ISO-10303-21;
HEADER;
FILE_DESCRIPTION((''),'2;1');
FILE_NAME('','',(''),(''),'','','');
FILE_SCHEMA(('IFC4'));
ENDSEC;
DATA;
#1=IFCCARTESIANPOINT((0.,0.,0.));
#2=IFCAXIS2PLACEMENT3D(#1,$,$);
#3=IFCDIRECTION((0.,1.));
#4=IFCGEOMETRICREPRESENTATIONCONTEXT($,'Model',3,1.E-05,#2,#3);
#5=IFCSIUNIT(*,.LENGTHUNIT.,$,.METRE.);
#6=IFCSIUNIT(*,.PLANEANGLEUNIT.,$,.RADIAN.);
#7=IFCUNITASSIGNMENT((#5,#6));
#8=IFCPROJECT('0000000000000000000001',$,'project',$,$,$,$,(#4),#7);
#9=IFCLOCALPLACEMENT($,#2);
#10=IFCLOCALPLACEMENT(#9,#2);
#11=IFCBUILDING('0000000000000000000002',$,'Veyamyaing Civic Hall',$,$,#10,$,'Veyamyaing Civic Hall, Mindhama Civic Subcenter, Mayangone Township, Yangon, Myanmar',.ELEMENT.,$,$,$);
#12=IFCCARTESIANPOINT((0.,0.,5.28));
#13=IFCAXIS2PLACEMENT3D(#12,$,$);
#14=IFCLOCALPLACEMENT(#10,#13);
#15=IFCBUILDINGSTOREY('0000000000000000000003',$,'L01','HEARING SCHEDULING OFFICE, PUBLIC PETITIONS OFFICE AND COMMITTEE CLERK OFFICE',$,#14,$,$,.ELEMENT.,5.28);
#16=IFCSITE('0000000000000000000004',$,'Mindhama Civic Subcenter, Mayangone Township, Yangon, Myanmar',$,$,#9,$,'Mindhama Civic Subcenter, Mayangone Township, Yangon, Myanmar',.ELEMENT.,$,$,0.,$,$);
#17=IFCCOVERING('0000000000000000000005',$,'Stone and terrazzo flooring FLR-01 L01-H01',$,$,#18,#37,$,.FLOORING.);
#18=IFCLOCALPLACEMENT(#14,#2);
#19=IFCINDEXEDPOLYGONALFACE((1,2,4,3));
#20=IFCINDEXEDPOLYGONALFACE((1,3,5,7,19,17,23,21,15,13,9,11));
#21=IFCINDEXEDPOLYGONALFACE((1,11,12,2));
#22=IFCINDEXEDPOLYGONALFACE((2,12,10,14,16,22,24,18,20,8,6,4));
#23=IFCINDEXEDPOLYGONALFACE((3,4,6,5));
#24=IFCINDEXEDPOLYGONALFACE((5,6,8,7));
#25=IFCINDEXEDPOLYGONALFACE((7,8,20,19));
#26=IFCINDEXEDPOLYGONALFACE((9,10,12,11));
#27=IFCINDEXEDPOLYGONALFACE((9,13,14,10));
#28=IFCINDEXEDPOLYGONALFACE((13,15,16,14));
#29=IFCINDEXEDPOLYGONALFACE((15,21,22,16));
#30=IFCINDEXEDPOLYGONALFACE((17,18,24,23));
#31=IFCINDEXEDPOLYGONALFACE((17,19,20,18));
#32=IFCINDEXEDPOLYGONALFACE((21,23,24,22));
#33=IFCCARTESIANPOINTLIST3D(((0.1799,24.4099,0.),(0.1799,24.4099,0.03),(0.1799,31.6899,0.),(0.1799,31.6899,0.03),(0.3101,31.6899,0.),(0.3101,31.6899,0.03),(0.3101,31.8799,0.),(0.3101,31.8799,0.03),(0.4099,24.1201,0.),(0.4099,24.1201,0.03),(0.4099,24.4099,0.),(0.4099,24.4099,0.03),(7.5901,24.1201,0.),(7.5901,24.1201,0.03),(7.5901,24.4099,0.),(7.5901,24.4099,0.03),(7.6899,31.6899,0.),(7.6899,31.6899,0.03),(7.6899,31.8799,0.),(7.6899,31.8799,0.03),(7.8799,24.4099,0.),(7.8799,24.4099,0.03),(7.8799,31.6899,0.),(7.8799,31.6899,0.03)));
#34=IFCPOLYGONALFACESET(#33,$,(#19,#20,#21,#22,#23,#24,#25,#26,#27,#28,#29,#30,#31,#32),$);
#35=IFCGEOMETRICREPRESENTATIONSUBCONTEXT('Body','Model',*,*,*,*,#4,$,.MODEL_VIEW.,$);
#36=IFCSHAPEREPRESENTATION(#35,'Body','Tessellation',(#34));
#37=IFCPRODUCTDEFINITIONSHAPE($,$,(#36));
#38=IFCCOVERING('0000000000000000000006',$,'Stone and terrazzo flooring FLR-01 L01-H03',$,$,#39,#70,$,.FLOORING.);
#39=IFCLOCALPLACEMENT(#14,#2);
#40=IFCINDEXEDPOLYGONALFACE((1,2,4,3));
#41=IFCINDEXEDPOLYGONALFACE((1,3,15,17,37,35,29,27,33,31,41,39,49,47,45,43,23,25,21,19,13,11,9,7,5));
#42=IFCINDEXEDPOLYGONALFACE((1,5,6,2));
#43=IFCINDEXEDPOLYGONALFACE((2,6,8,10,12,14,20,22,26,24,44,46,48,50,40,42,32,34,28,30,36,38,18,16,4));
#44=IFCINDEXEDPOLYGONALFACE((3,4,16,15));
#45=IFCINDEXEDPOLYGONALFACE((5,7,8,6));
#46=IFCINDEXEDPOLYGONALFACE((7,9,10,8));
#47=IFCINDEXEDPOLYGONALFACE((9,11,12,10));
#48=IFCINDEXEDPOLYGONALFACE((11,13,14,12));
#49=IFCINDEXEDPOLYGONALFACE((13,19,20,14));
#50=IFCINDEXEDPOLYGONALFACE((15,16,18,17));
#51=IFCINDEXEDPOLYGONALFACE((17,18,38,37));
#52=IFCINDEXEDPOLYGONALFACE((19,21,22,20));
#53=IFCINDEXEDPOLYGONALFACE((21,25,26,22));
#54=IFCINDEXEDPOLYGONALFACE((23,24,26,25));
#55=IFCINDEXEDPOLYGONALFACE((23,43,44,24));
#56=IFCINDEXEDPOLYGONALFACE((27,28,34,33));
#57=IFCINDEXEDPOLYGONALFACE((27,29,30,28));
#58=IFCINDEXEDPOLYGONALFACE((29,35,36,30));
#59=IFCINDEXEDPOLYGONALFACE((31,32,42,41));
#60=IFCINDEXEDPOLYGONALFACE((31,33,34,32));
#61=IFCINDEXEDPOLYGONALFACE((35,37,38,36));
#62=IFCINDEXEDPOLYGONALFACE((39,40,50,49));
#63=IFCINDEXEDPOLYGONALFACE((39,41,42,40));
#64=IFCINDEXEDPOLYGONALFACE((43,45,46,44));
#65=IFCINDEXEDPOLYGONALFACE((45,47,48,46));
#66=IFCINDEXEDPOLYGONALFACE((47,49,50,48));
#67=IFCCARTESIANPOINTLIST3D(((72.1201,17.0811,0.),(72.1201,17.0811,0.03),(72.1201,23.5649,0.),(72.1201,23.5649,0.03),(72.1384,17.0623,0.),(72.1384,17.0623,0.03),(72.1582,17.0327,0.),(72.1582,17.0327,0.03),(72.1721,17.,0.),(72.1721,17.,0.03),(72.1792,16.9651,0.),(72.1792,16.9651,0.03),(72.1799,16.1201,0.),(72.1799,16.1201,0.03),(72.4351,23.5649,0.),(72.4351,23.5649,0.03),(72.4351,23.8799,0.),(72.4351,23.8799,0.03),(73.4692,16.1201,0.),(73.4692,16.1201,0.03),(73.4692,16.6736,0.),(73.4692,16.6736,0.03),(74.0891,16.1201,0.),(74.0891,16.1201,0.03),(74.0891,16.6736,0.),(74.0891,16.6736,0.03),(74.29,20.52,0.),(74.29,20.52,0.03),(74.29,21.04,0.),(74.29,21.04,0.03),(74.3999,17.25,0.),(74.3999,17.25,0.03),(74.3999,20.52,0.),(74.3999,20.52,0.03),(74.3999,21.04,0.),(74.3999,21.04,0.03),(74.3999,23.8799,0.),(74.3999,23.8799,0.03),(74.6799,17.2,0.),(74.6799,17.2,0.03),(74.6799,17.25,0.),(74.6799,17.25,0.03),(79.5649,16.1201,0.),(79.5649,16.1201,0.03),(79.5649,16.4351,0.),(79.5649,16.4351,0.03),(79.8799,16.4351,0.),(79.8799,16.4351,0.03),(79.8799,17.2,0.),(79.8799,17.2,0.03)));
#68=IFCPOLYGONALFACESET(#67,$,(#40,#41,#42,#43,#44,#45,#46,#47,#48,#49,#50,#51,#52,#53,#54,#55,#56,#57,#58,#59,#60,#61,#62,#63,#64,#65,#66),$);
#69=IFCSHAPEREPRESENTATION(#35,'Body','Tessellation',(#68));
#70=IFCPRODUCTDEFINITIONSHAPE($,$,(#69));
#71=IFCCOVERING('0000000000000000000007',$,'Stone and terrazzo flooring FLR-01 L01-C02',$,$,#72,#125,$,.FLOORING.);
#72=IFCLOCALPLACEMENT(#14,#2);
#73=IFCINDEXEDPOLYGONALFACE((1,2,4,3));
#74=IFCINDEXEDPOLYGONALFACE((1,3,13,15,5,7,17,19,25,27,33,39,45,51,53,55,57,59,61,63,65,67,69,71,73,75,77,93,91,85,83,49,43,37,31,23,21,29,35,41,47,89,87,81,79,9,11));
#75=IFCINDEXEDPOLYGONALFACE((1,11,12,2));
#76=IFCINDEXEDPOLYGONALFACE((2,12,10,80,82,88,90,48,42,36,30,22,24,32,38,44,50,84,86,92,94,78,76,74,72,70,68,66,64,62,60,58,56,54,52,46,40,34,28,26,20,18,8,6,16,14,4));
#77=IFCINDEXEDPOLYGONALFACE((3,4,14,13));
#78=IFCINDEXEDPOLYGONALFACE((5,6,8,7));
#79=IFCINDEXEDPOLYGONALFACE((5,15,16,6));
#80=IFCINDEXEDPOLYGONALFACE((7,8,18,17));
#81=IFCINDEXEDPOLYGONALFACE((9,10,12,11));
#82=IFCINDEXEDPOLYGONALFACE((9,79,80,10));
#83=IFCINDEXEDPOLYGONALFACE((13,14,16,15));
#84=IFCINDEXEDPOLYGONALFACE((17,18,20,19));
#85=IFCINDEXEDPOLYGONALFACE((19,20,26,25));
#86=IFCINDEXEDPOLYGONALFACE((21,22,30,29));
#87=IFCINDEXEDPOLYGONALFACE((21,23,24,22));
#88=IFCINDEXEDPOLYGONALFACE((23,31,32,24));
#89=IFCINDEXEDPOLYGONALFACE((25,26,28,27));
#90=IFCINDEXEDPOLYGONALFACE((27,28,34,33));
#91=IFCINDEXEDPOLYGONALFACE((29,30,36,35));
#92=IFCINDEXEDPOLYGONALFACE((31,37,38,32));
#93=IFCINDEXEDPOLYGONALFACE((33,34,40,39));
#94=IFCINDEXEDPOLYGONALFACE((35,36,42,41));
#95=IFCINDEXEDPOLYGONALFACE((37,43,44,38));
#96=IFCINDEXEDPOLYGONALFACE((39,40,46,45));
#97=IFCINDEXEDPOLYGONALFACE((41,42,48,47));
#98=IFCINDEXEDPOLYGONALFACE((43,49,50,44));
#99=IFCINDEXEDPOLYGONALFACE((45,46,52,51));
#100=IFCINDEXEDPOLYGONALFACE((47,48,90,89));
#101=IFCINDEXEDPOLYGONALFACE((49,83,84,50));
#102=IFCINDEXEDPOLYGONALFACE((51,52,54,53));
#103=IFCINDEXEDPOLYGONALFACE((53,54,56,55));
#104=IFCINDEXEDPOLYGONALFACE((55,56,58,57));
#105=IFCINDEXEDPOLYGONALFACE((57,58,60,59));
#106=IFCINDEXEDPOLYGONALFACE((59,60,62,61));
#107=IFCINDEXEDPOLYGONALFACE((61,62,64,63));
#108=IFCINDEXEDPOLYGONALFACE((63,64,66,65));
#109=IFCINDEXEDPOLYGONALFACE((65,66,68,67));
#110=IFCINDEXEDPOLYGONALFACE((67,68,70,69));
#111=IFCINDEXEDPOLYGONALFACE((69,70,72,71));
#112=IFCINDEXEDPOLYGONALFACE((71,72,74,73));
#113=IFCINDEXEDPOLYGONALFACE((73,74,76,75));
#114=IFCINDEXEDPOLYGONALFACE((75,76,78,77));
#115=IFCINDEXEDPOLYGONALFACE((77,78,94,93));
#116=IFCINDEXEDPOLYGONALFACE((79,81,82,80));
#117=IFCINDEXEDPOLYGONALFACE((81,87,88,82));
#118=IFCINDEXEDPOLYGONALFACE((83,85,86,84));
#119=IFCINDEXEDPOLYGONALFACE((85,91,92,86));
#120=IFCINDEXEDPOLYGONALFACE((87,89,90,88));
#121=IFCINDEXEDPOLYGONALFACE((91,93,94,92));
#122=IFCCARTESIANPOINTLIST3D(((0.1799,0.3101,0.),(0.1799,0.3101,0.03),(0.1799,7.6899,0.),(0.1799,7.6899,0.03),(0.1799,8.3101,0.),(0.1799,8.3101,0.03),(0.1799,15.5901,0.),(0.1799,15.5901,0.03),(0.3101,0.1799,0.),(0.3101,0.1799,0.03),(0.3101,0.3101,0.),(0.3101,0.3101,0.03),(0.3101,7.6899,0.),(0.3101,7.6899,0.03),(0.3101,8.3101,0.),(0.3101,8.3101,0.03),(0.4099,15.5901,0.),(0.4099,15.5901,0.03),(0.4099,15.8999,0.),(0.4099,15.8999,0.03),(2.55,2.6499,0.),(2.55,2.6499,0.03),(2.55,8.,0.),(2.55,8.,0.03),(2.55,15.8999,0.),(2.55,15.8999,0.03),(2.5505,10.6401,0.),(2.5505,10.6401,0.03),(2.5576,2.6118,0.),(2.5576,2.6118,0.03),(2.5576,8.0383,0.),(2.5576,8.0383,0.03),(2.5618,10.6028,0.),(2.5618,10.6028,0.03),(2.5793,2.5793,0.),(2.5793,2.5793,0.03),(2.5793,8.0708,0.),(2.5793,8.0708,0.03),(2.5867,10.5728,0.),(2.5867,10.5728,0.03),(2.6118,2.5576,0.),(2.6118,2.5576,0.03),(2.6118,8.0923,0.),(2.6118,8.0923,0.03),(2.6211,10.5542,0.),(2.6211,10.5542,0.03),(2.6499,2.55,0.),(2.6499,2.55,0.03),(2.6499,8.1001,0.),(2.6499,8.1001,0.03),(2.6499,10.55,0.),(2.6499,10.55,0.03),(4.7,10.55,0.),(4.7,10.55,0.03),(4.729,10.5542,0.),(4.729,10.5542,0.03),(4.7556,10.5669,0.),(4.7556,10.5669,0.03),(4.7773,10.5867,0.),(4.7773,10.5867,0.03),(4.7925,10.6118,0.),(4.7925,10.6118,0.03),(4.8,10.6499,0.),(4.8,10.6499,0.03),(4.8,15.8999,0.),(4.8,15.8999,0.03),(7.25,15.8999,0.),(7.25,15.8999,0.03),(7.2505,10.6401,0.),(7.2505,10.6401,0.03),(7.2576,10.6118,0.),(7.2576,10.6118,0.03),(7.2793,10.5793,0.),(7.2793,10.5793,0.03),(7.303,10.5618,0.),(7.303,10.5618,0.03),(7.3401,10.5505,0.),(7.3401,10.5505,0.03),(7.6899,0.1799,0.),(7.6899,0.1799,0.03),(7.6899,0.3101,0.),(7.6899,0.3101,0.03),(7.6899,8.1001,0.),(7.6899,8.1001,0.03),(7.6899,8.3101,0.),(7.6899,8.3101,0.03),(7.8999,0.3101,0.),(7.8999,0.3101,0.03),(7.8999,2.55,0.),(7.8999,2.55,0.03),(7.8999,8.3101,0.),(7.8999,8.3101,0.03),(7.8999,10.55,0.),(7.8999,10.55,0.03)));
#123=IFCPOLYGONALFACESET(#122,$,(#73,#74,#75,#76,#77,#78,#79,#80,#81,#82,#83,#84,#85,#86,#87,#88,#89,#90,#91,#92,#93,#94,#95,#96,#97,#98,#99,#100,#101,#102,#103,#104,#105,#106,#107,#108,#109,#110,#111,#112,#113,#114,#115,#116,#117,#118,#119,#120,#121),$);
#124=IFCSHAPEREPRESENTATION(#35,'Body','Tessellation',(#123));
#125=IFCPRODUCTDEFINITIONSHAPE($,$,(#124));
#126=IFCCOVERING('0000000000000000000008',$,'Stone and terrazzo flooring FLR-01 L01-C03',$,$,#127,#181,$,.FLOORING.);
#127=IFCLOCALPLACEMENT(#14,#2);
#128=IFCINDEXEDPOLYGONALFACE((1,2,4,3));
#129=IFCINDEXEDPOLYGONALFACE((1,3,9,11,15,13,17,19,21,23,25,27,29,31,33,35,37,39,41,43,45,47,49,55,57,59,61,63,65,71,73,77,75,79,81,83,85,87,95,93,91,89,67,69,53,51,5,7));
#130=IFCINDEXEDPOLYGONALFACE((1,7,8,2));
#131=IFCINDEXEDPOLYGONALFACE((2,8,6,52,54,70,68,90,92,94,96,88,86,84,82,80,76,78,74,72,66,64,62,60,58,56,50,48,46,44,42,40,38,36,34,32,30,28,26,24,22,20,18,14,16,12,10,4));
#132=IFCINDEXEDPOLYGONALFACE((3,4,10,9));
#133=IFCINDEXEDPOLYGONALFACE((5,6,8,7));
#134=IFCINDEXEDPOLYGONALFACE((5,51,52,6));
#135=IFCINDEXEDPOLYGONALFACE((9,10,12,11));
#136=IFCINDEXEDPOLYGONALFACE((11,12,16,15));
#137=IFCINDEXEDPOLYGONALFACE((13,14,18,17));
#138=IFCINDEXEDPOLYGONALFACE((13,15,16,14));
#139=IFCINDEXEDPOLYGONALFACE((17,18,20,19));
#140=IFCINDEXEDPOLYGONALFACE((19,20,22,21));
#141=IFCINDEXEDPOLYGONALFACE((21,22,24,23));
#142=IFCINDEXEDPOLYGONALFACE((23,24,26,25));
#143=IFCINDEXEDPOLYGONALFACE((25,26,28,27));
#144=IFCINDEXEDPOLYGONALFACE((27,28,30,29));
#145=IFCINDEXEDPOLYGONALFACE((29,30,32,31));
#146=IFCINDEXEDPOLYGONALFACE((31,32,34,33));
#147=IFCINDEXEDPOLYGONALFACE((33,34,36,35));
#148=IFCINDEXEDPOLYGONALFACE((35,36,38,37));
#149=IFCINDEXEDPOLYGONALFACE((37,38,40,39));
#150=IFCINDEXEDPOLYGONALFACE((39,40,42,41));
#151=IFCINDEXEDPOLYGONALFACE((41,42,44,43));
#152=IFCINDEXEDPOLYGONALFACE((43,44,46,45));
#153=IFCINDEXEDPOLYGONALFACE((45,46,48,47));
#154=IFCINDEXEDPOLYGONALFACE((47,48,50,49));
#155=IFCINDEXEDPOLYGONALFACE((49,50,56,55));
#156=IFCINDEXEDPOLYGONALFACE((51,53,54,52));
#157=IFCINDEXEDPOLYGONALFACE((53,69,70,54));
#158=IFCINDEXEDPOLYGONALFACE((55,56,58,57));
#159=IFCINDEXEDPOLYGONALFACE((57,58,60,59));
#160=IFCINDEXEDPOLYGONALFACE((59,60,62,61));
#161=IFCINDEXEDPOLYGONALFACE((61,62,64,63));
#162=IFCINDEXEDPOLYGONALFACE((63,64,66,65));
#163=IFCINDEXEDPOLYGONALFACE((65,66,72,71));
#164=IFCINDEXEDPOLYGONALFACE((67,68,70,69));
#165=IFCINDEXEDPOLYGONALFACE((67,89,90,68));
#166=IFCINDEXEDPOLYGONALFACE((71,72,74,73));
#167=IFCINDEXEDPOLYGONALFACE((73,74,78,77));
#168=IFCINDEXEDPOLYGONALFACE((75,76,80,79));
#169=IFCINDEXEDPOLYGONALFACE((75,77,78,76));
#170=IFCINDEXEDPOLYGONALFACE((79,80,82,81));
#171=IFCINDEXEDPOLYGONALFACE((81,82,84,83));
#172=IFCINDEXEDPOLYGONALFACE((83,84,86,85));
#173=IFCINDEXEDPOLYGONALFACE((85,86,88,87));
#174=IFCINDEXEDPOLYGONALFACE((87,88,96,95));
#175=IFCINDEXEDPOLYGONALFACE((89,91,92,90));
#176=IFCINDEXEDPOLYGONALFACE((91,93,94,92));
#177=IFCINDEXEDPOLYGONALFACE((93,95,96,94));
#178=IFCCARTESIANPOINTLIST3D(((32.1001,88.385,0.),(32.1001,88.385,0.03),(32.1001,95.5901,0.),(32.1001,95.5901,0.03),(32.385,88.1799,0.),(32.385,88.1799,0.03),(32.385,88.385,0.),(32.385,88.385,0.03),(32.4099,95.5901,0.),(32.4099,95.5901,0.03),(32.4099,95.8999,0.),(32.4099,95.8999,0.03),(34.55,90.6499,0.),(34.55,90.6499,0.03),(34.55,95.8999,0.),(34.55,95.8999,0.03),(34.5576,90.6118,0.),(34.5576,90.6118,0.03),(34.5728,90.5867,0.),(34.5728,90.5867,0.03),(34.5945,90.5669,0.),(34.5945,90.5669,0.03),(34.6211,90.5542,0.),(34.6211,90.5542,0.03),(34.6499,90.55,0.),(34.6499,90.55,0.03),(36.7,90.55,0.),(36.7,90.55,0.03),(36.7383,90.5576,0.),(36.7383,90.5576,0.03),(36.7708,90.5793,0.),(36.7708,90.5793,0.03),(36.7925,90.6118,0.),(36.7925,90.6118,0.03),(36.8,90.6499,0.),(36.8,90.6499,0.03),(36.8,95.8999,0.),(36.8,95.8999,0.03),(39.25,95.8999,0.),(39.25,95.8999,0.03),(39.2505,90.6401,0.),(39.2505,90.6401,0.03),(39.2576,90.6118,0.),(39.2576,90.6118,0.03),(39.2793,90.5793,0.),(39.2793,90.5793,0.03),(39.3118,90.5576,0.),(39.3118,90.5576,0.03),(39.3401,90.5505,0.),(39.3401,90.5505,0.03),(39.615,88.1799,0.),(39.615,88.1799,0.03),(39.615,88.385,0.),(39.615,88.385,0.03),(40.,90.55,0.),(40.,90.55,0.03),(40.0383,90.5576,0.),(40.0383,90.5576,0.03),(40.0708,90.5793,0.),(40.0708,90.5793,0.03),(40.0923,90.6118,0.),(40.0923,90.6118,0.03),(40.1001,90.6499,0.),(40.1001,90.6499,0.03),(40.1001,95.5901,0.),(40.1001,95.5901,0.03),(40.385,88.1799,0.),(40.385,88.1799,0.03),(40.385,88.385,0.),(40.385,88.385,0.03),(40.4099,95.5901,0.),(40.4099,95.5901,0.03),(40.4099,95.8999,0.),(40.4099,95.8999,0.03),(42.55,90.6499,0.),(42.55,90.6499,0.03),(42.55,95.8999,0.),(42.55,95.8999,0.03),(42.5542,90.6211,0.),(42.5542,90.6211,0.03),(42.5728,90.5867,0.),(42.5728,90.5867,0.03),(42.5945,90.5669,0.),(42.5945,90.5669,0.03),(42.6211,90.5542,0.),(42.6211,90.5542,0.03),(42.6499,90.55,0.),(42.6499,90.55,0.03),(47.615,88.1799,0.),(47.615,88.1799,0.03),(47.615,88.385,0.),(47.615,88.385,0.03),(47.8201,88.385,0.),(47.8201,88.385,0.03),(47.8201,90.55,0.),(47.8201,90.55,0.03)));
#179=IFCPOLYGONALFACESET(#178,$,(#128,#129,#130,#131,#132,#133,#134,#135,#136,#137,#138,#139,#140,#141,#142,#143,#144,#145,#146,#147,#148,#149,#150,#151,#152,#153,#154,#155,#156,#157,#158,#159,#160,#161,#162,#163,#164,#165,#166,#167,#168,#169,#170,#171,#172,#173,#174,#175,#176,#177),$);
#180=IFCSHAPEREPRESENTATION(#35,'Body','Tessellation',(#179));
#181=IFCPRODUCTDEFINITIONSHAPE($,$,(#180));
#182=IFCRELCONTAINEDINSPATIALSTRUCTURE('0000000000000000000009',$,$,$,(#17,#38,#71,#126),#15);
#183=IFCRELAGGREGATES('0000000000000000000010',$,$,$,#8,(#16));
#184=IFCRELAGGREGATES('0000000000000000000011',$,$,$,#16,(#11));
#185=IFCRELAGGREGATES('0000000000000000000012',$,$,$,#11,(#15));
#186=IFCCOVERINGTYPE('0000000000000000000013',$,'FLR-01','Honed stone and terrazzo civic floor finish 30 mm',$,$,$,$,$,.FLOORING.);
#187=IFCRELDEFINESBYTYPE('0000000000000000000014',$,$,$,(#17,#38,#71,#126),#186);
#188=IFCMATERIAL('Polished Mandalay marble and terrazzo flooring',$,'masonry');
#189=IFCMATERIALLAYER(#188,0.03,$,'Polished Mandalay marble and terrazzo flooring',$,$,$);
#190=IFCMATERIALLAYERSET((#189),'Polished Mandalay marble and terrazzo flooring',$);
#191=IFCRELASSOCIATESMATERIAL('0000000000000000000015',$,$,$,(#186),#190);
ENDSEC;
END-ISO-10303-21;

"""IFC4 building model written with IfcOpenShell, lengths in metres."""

from ifc_helpers import new_model, si_unit, direction, frame, origin, place, context, subcontext, project, spatial, polyline, outline, extrude, material, layer, layer_set, type_object, element, save


model = new_model("IFC4")

# Units and contexts
model_context = context("Model", 3, precision=1e-05, world=origin(), true_north=direction((0.0, 1.0)))
body_context = subcontext(model_context, "Body", "Model", "MODEL_VIEW")
ifc_project = project(units=[si_unit("LENGTHUNIT", "METRE"), si_unit("PLANEANGLEUNIT", "RADIAN")], contexts=[model_context])

# Site, building, storey
site_placement = place(None, origin())
site = spatial("IfcSite", under=ifc_project, at=site_placement, Name="Mindhama Civic Subcenter, Mayangone Township, Yangon, Myanmar", LongName="Mindhama Civic Subcenter, Mayangone Township, Yangon, Myanmar", CompositionType="ELEMENT", RefElevation=0.0)
building_placement = place(site_placement, origin())
building = spatial("IfcBuilding", under=site, at=building_placement, Name="Veyamyaing Civic Hall", LongName="Veyamyaing Civic Hall, Mindhama Civic Subcenter, Mayangone Township, Yangon, Myanmar", CompositionType="ELEMENT")
storey_placement = place(building_placement, frame((0.0, 0.0, 5.28)))
storey = spatial("IfcBuildingStorey", under=building, at=storey_placement, Name="L01", Description="HEARING SCHEDULING OFFICE, PUBLIC PETITIONS OFFICE AND COMMITTEE CLERK OFFICE", CompositionType="ELEMENT", Elevation=5.28)

# Coverings
ifc_material_1 = material(Name="Polished Mandalay marble and terrazzo flooring", Category="masonry")
ifc_layer_1 = layer(ifc_material_1, 0.03, Name="Polished Mandalay marble and terrazzo flooring")
ifc_layer_set_1 = layer_set([ifc_layer_1], Name="Polished Mandalay marble and terrazzo flooring")
covering_type_1 = type_object("IfcCoveringType", Name="FLR-01", Description="Honed stone and terrazzo civic floor finish 30 mm", PredefinedType="FLOORING", material=ifc_layer_set_1)
covering_1_placement = place(storey_placement, origin())
element("IfcCovering", 1, at=covering_1_placement, inside=storey, type_object=covering_type_1, Name="Stone and terrazzo flooring FLR-01 L01-H01", PredefinedType="FLOORING", context=body_context, shape_type="SweptSolid", body=[
    extrude(outline(polyline([(0.3101, 31.8799), (7.6899, 31.8799), (7.6899, 31.6899), (7.8799, 31.6899), (7.8799, 24.4099), (7.5901, 24.4099), (7.5901, 24.1201), (0.4099, 24.1201), (0.4099, 24.4099), (0.1799, 24.4099), (0.1799, 31.6899), (0.3101, 31.6899), (0.3101, 31.8799)])), origin(), (0.0, 0.0, 1.0), 0.03),
])
covering_2_placement = place(storey_placement, origin())
element("IfcCovering", 2, at=covering_2_placement, inside=storey, type_object=covering_type_1, Name="Stone and terrazzo flooring FLR-01 L01-H03", PredefinedType="FLOORING", context=body_context, shape_type="SweptSolid", body=[
    extrude(outline(polyline([(72.1721, 17.0), (72.1582, 17.0327), (72.1384, 17.0623), (72.1201, 17.0811), (72.1201, 23.5649), (72.4351, 23.5649), (72.4351, 23.8799), (74.3999, 23.8799), (74.3999, 21.04), (74.29, 21.04), (74.29, 20.52), (74.3999, 20.52), (74.3999, 17.25), (74.6799, 17.25), (74.6799, 17.2), (79.8799, 17.2), (79.8799, 16.4351), (79.5649, 16.4351), (79.5649, 16.1201), (74.0891, 16.1201), (74.0891, 16.6736), (73.4692, 16.6736), (73.4692, 16.1201), (72.1799, 16.1201), (72.1792, 16.9651), (72.1721, 17.0)])), origin(), (0.0, 0.0, 1.0), 0.03),
])
covering_3_placement = place(storey_placement, origin())
element("IfcCovering", 3, at=covering_3_placement, inside=storey, type_object=covering_type_1, Name="Stone and terrazzo flooring FLR-01 L01-C02", PredefinedType="FLOORING", context=body_context, shape_type="SweptSolid", body=[
    extrude(outline(polyline([(2.5618, 10.6028), (2.5867, 10.5728), (2.6211, 10.5542), (2.6499, 10.55), (4.7, 10.55), (4.729, 10.5542), (4.7556, 10.5669), (4.7773, 10.5867), (4.7925, 10.6118), (4.8, 10.6499), (4.8, 15.8999), (7.25, 15.8999), (7.2505, 10.6401), (7.2576, 10.6118), (7.2793, 10.5793), (7.303, 10.5618), (7.3401, 10.5505), (7.8999, 10.55), (7.8999, 8.3101), (7.6899, 8.3101), (7.6899, 8.1001), (2.6499, 8.1001), (2.6118, 8.0923), (2.5793, 8.0708), (2.5576, 8.0383), (2.55, 8.0), (2.55, 2.6499), (2.5576, 2.6118), (2.5793, 2.5793), (2.6118, 2.5576), (2.6499, 2.55), (7.8999, 2.55), (7.8999, 0.3101), (7.6899, 0.3101), (7.6899, 0.1799), (0.3101, 0.1799), (0.3101, 0.3101), (0.1799, 0.3101), (0.1799, 7.6899), (0.3101, 7.6899), (0.3101, 8.3101), (0.1799, 8.3101), (0.1799, 15.5901), (0.4099, 15.5901), (0.4099, 15.8999), (2.55, 15.8999), (2.5505, 10.6401), (2.5618, 10.6028)])), origin(), (0.0, 0.0, 1.0), 0.03),
])
covering_4_placement = place(storey_placement, origin())
element("IfcCovering", 4, at=covering_4_placement, inside=storey, type_object=covering_type_1, Name="Stone and terrazzo flooring FLR-01 L01-C03", PredefinedType="FLOORING", context=body_context, shape_type="SweptSolid", body=[
    extrude(outline(polyline([(42.5728, 90.5867), (42.5945, 90.5669), (42.6211, 90.5542), (42.6499, 90.55), (47.8201, 90.55), (47.8201, 88.385), (47.615, 88.385), (47.615, 88.1799), (40.385, 88.1799), (40.385, 88.385), (39.615, 88.385), (39.615, 88.1799), (32.385, 88.1799), (32.385, 88.385), (32.1001, 88.385), (32.1001, 95.5901), (32.4099, 95.5901), (32.4099, 95.8999), (34.55, 95.8999), (34.55, 90.6499), (34.5576, 90.6118), (34.5728, 90.5867), (34.5945, 90.5669), (34.6211, 90.5542), (34.6499, 90.55), (36.7, 90.55), (36.7383, 90.5576), (36.7708, 90.5793), (36.7925, 90.6118), (36.8, 90.6499), (36.8, 95.8999), (39.25, 95.8999), (39.2505, 90.6401), (39.2576, 90.6118), (39.2793, 90.5793), (39.3118, 90.5576), (39.3401, 90.5505), (40.0, 90.55), (40.0383, 90.5576), (40.0708, 90.5793), (40.0923, 90.6118), (40.1001, 90.6499), (40.1001, 95.5901), (40.4099, 95.5901), (40.4099, 95.8999), (42.55, 95.8999), (42.55, 90.6499), (42.5542, 90.6211), (42.5728, 90.5867)])), origin(), (0.0, 0.0, 1.0), 0.03),
])

save(model, "model.ifc")
